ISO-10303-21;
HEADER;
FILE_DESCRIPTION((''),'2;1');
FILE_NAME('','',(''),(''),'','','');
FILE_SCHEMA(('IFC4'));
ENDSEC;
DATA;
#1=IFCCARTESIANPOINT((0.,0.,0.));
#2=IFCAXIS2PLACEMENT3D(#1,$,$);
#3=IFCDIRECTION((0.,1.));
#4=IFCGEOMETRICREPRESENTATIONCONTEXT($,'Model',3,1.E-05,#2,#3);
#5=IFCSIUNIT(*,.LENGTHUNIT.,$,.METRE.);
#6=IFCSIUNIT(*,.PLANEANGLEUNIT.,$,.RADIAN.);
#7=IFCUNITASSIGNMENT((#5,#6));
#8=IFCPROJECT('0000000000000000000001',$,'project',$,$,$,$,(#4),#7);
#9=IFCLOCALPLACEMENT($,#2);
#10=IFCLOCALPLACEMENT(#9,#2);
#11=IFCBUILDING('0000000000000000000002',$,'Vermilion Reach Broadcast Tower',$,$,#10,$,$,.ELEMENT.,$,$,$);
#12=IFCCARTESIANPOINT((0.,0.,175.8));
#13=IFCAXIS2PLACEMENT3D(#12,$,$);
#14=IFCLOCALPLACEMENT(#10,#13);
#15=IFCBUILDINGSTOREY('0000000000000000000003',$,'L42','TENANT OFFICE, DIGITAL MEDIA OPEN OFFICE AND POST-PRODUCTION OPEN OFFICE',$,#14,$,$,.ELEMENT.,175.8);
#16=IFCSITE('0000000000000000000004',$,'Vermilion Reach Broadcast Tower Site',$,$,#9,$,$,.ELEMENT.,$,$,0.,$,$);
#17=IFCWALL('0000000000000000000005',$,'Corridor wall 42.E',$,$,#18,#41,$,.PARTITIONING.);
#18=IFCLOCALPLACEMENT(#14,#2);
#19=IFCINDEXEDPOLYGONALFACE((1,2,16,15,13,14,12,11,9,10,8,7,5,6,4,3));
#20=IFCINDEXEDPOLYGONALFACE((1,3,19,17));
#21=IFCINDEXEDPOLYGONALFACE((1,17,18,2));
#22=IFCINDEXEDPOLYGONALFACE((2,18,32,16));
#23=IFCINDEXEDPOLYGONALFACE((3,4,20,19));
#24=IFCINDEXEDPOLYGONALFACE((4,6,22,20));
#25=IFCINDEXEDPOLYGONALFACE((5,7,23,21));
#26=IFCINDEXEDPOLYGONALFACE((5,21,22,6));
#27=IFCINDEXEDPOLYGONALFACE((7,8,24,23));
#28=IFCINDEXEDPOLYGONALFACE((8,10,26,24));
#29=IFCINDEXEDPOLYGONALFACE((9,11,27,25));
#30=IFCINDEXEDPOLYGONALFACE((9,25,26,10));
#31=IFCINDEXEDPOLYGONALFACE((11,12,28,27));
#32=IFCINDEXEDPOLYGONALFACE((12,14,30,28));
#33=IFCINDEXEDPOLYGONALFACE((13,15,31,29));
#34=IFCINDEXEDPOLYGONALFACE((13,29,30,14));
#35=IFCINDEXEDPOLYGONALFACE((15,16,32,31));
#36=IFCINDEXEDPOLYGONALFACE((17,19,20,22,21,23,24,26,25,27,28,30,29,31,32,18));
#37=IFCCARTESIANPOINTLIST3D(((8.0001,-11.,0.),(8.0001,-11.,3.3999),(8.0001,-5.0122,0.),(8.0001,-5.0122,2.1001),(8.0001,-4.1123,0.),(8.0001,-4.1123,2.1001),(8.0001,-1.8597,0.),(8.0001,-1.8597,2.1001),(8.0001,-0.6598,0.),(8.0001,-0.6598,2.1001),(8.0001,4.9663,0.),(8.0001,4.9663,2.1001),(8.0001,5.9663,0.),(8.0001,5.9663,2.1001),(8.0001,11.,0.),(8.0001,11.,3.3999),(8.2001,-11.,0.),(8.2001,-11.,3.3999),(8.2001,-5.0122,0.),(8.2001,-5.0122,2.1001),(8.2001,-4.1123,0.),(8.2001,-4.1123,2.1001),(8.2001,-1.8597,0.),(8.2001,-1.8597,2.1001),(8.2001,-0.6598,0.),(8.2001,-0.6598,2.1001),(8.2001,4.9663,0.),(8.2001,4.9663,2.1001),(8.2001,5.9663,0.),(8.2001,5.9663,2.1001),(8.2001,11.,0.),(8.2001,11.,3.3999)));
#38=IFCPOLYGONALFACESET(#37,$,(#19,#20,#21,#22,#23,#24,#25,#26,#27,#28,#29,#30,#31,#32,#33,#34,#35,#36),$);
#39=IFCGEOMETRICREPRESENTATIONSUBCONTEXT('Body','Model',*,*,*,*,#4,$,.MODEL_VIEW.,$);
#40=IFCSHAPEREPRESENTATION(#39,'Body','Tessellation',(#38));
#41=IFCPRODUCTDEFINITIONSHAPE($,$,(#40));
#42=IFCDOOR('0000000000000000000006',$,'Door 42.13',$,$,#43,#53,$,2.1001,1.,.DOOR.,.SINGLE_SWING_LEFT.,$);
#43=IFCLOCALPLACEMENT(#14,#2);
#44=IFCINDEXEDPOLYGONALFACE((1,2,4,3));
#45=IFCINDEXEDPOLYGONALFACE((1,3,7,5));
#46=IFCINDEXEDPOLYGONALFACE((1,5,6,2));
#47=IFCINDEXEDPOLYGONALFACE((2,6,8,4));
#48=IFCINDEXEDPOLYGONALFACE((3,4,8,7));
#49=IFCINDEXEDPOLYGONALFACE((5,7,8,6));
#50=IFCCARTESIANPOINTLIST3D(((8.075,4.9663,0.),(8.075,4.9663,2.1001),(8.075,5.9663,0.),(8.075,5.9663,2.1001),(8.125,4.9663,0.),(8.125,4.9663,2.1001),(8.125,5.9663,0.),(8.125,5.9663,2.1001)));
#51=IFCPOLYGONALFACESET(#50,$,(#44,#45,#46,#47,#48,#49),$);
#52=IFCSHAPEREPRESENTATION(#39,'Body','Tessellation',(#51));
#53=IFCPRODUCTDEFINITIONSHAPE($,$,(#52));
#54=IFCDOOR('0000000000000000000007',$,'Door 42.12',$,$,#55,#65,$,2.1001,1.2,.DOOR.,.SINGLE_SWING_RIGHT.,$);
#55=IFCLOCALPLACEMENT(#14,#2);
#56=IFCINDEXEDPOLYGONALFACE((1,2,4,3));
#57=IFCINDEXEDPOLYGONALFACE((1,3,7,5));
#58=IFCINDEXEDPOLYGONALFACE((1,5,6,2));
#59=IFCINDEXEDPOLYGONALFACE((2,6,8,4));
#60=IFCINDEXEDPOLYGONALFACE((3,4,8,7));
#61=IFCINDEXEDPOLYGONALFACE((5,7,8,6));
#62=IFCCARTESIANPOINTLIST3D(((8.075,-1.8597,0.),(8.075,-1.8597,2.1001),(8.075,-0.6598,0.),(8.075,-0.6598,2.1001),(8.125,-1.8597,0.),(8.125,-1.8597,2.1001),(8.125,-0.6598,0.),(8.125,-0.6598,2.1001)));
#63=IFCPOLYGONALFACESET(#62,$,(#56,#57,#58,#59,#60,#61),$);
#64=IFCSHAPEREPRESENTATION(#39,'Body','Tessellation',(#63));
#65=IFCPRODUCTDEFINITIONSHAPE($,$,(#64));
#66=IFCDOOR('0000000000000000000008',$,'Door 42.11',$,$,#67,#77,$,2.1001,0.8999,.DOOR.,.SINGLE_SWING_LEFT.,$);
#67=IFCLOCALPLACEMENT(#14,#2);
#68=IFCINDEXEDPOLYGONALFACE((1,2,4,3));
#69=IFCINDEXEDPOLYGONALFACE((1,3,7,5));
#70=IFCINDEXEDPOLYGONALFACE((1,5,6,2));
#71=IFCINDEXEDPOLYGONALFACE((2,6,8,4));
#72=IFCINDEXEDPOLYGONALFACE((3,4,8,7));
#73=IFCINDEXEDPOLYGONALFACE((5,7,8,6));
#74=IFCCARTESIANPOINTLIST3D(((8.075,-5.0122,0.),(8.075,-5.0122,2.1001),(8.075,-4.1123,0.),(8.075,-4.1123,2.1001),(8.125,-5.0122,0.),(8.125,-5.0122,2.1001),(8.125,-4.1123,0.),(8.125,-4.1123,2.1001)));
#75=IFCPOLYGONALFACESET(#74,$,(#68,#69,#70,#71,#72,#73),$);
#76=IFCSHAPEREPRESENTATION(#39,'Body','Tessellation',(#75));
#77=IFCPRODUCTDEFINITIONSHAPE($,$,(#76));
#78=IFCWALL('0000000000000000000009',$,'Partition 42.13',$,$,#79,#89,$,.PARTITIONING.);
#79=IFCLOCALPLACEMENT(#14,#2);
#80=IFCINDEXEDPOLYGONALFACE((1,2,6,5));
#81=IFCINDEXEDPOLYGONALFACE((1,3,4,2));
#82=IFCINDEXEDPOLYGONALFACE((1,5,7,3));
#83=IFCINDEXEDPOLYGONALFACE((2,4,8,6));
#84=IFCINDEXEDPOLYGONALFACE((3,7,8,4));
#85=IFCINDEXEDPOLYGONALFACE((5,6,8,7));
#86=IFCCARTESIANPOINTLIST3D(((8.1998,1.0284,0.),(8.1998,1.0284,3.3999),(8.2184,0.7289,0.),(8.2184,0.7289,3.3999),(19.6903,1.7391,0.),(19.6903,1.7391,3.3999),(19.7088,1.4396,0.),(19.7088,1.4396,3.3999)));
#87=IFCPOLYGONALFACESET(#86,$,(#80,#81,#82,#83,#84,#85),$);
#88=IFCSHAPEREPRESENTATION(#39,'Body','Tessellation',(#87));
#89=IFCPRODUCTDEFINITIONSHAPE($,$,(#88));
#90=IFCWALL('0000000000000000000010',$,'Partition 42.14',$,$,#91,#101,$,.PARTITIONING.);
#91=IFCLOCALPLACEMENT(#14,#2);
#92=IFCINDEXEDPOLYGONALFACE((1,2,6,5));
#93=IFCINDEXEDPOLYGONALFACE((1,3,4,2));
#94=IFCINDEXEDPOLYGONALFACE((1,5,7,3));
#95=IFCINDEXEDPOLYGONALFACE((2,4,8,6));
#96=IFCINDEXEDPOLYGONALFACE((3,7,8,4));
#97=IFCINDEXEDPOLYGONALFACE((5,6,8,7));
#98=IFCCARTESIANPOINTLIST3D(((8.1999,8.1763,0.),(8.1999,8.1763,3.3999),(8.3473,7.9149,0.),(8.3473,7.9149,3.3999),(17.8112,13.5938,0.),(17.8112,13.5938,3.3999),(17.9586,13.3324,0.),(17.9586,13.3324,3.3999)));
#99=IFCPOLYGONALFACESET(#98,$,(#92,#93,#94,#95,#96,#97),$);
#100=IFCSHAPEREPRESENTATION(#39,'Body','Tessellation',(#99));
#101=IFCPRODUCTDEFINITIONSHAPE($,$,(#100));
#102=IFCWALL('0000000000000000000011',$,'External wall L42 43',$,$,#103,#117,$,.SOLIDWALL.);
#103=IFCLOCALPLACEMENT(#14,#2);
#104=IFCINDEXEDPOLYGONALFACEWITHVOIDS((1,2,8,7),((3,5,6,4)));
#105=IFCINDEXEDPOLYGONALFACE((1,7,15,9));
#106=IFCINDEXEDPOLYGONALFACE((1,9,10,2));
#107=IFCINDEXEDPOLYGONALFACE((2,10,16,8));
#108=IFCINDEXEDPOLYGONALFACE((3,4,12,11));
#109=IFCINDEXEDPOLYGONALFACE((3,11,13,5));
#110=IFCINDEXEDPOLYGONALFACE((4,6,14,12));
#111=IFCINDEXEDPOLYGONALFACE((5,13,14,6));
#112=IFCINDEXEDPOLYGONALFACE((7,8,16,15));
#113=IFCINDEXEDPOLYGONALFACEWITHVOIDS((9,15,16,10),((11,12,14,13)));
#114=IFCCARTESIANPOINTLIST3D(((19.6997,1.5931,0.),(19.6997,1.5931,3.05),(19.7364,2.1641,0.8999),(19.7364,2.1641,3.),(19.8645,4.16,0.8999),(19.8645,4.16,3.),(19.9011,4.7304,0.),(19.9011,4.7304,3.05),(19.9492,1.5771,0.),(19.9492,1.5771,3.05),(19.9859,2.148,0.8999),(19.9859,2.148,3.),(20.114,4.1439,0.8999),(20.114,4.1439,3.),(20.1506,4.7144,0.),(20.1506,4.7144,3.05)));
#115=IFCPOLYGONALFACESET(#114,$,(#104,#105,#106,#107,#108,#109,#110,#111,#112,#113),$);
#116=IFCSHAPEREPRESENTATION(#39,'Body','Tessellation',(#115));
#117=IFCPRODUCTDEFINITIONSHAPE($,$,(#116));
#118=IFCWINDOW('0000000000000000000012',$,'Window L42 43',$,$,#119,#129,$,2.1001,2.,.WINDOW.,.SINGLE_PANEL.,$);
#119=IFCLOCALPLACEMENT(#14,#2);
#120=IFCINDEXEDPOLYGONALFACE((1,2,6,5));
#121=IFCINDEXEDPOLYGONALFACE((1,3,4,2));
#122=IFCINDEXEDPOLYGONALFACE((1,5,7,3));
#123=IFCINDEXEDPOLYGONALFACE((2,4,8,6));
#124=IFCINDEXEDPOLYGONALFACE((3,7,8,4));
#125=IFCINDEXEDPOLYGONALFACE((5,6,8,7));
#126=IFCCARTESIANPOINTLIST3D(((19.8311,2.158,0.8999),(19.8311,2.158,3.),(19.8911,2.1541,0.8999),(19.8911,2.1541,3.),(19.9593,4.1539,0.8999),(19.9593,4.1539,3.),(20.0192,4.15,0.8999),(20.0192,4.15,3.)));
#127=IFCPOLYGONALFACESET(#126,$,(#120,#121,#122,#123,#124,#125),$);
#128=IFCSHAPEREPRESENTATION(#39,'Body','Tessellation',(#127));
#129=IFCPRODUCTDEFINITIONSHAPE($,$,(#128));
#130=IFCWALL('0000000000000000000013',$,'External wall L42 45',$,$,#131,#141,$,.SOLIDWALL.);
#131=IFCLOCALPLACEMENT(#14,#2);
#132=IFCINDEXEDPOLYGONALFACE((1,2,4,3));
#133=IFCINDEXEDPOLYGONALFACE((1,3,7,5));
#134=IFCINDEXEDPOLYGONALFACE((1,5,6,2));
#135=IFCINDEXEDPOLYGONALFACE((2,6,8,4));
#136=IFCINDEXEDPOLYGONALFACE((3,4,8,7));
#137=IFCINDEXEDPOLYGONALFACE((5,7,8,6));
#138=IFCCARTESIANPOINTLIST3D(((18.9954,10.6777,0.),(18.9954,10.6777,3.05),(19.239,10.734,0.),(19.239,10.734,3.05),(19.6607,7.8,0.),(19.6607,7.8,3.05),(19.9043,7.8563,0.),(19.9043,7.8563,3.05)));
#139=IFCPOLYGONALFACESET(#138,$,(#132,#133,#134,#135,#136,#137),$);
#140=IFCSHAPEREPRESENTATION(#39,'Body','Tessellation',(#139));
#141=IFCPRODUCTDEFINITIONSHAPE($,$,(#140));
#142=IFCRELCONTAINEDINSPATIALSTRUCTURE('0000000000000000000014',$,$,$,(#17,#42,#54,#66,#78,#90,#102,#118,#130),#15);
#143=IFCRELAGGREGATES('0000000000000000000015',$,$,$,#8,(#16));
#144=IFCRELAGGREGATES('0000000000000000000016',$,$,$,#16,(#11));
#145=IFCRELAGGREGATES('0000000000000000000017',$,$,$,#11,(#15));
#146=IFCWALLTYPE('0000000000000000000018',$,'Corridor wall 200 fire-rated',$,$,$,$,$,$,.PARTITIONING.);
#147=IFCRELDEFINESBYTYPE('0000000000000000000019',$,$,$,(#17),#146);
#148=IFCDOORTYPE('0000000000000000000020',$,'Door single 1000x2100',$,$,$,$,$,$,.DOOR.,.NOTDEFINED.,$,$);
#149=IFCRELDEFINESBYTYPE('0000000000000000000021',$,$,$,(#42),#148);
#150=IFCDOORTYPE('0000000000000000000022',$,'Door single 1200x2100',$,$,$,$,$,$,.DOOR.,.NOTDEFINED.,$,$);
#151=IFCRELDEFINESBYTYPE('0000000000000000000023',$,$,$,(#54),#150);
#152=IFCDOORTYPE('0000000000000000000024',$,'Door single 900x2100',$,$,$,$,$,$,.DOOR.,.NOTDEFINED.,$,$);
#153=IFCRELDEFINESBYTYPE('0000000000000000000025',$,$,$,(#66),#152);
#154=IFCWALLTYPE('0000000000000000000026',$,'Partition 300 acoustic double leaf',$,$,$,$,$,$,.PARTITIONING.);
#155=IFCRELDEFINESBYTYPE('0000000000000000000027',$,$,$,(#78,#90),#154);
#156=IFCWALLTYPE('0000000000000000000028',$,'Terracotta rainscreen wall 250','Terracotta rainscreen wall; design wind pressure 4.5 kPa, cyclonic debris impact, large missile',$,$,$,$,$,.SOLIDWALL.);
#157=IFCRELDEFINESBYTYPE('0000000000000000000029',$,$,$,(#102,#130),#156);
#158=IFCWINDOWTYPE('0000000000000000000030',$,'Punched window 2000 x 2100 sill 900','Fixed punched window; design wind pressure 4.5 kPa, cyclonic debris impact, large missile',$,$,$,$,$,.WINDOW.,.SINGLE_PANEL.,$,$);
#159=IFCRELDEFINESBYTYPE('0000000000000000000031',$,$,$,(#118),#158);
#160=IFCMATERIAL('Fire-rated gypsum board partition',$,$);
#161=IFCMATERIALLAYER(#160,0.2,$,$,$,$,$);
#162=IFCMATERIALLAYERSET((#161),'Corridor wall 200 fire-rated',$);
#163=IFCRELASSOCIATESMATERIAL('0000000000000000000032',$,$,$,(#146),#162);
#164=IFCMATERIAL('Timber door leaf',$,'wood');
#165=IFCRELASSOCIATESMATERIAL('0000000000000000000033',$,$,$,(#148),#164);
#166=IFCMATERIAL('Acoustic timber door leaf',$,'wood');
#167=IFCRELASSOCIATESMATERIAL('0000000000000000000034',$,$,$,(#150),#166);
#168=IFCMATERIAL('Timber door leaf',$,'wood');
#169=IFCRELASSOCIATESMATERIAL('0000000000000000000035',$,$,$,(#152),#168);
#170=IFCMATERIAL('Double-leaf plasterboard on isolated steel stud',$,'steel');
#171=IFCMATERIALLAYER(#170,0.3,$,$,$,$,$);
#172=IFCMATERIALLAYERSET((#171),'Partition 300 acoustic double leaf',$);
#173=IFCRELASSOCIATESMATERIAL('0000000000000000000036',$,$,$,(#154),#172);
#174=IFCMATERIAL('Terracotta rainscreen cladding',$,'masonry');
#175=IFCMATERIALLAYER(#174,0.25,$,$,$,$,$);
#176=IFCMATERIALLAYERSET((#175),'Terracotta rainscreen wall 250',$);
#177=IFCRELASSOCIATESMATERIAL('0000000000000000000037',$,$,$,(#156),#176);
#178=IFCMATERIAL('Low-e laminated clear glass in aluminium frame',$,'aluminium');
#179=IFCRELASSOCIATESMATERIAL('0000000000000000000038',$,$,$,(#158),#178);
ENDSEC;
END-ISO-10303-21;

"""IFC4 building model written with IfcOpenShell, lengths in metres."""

from ifc_helpers import new_model, si_unit, direction, frame, frame_2d, origin, place, context, subcontext, project, spatial, rectangle, extrude, material, layer, layer_set, type_object, element, fill, save


model = new_model("IFC4")

# Units and contexts
model_context = context("Model", 3, precision=1e-05, world=origin(), true_north=direction((0.0, 1.0)))
body_context = subcontext(model_context, "Body", "Model", "MODEL_VIEW")
ifc_project = project(units=[si_unit("LENGTHUNIT", "METRE"), si_unit("PLANEANGLEUNIT", "RADIAN")], contexts=[model_context])

# Site, building, storey
site_placement = place(None, origin())
site = spatial("IfcSite", under=ifc_project, at=site_placement, Name="Vermilion Reach Broadcast Tower Site", CompositionType="ELEMENT", RefElevation=0.0)
building_placement = place(site_placement, origin())
building = spatial("IfcBuilding", under=site, at=building_placement, Name="Vermilion Reach Broadcast Tower", CompositionType="ELEMENT")
storey_placement = place(building_placement, frame((0.0, 0.0, 175.8)))
storey = spatial("IfcBuildingStorey", under=building, at=storey_placement, Name="L42", Description="TENANT OFFICE, DIGITAL MEDIA OPEN OFFICE AND POST-PRODUCTION OPEN OFFICE", CompositionType="ELEMENT", Elevation=175.8)

# Wall, openings, doors
ifc_material_1 = material(Name="Fire-rated gypsum board partition")
ifc_layer_1 = layer(ifc_material_1, 0.2)
ifc_layer_set_1 = layer_set([ifc_layer_1], Name="Corridor wall 200 fire-rated")
wall_type_1 = type_object("IfcWallType", Name="Corridor wall 200 fire-rated", PredefinedType="PARTITIONING", material=ifc_layer_set_1)
wall_1_placement = place(storey_placement, frame((8.1001, 11.0, 0.0), z_axis=(0.0, 0.0, 1.0), x_axis=(0.0, -1.0, 0.0)))
wall_1 = element("IfcWall", 1, at=wall_1_placement, inside=storey, type_object=wall_type_1, Name="Corridor wall 42.E", PredefinedType="PARTITIONING", context=body_context, shape_type="SweptSolid", body=[
    extrude(rectangle(XDim=22.0, YDim=0.2, at=frame_2d((11.0, 0.0))), origin(), (0.0, 0.0, 1.0), 3.3999),
])
opening_1_placement = place(wall_1_placement, frame((15.1123, 0.0, 0.0)))
opening_1 = element("IfcOpeningElement", 2, at=opening_1_placement, cuts=wall_1, PredefinedType="OPENING", context=body_context, shape_type="SweptSolid", body=[
    extrude(rectangle(XDim=0.8999, YDim=2.1001, at=frame_2d((0.45, 1.05))), frame((0.0, 0.1099, 0.0), z_axis=(0.0, -1.0, 0.0), x_axis=(1.0, 0.0, 0.0)), (0.0, 0.0, 1.0), 0.22),
])
opening_2_placement = place(wall_1_placement, frame((11.6597, 0.0, 0.0)))
opening_2 = element("IfcOpeningElement", 3, at=opening_2_placement, cuts=wall_1, PredefinedType="OPENING", context=body_context, shape_type="SweptSolid", body=[
    extrude(rectangle(XDim=1.2, YDim=2.1001, at=frame_2d((0.6001, 1.05))), frame((0.0, 0.1099, 0.0), z_axis=(0.0, -1.0, 0.0), x_axis=(1.0, 0.0, 0.0)), (0.0, 0.0, 1.0), 0.22),
])
opening_3_placement = place(wall_1_placement, frame((5.0337, 0.0, 0.0)))
opening_3 = element("IfcOpeningElement", 4, at=opening_3_placement, cuts=wall_1, PredefinedType="OPENING", context=body_context, shape_type="SweptSolid", body=[
    extrude(rectangle(XDim=1.0, YDim=2.1001, at=frame_2d((0.5, 1.05))), frame((0.0, 0.1099, 0.0), z_axis=(0.0, -1.0, 0.0), x_axis=(1.0, 0.0, 0.0)), (0.0, 0.0, 1.0), 0.22),
])
ifc_material_2 = material(Name="Timber door leaf", Category="wood")
door_type_1 = type_object("IfcDoorType", Name="Door single 1000x2100", OperationType="NOTDEFINED", PredefinedType="DOOR", material=ifc_material_2)
door_1_placement = place(opening_3_placement, origin())
door_1 = element("IfcDoor", 5, at=door_1_placement, inside=storey, type_object=door_type_1, Name="Door 42.13", OperationType="SINGLE_SWING_LEFT", OverallHeight=2.1001, OverallWidth=1.0, PredefinedType="DOOR", context=body_context, shape_type="SweptSolid", body=[
    extrude(rectangle(XDim=1.0, YDim=2.1001, at=frame_2d((0.5, 1.05))), frame((0.0, 0.0249, 0.0), z_axis=(0.0, -1.0, 0.0), x_axis=(1.0, 0.0, 0.0)), (0.0, 0.0, 1.0), 0.05),
])
fill(opening_3, door_1)
ifc_material_3 = material(Name="Acoustic timber door leaf", Category="wood")
door_type_2 = type_object("IfcDoorType", Name="Door single 1200x2100", OperationType="NOTDEFINED", PredefinedType="DOOR", material=ifc_material_3)
door_2_placement = place(opening_2_placement, origin())
door_2 = element("IfcDoor", 6, at=door_2_placement, inside=storey, type_object=door_type_2, Name="Door 42.12", OperationType="SINGLE_SWING_RIGHT", OverallHeight=2.1001, OverallWidth=1.2, PredefinedType="DOOR", context=body_context, shape_type="SweptSolid", body=[
    extrude(rectangle(XDim=1.2, YDim=2.1001, at=frame_2d((0.6001, 1.05))), frame((0.0, 0.0249, 0.0), z_axis=(0.0, -1.0, 0.0), x_axis=(1.0, 0.0, 0.0)), (0.0, 0.0, 1.0), 0.05),
])
fill(opening_2, door_2)
ifc_material_4 = material(Name="Timber door leaf", Category="wood")
door_type_3 = type_object("IfcDoorType", Name="Door single 900x2100", OperationType="NOTDEFINED", PredefinedType="DOOR", material=ifc_material_4)
door_3_placement = place(opening_1_placement, origin())
door_3 = element("IfcDoor", 7, at=door_3_placement, inside=storey, type_object=door_type_3, Name="Door 42.11", OperationType="SINGLE_SWING_LEFT", OverallHeight=2.1001, OverallWidth=0.8999, PredefinedType="DOOR", context=body_context, shape_type="SweptSolid", body=[
    extrude(rectangle(XDim=0.8999, YDim=2.1001, at=frame_2d((0.45, 1.05))), frame((0.0, 0.0249, 0.0), z_axis=(0.0, -1.0, 0.0), x_axis=(1.0, 0.0, 0.0)), (0.0, 0.0, 1.0), 0.05),
])
fill(opening_1, door_3)

# Walls
ifc_material_5 = material(Name="Double-leaf plasterboard on isolated steel stud", Category="steel")
ifc_layer_2 = layer(ifc_material_5, 0.3)
ifc_layer_set_2 = layer_set([ifc_layer_2], Name="Partition 300 acoustic double leaf")
wall_type_2 = type_object("IfcWallType", Name="Partition 300 acoustic double leaf", PredefinedType="PARTITIONING", material=ifc_layer_set_2)
wall_2_placement = place(storey_placement, frame((19.6997, 1.5894, 0.0), z_axis=(0.0, 0.0, 1.0), x_axis=(-0.998093, -0.061733, 0.0)))
element("IfcWall", 8, at=wall_2_placement, inside=storey, type_object=wall_type_2, Name="Partition 42.13", PredefinedType="PARTITIONING", context=body_context, shape_type="SweptSolid", body=[
    extrude(rectangle(XDim=11.5125, YDim=0.3, at=frame_2d((5.7563, 0.0))), origin(), (0.0, 0.0, 1.0), 3.3999),
])
wall_3_placement = place(storey_placement, frame((17.885, 13.4631, 0.0), z_axis=(0.0, 0.0, 1.0), x_axis=(-0.871145, -0.491026, 0.0)))
element("IfcWall", 9, at=wall_3_placement, inside=storey, type_object=wall_type_2, Name="Partition 42.14", PredefinedType="PARTITIONING", context=body_context, shape_type="SweptSolid", body=[
    extrude(rectangle(XDim=11.033, YDim=0.3, at=frame_2d((5.5166, 0.0))), origin(), (0.0, 0.0, 1.0), 3.3999),
])

# Wall, opening, window
ifc_material_6 = material(Name="Terracotta rainscreen cladding", Category="masonry")
ifc_layer_3 = layer(ifc_material_6, 0.25)
ifc_layer_set_3 = layer_set([ifc_layer_3], Name="Terracotta rainscreen wall 250")
wall_type_3 = type_object("IfcWallType", Name="Terracotta rainscreen wall 250", Description="Terracotta rainscreen wall; design wind pressure 4.5 kPa, cyclonic debris impact, large missile", PredefinedType="SOLIDWALL", material=ifc_layer_set_3)
wall_4_placement = place(storey_placement, frame((19.8245, 1.5852, 0.0), z_axis=(0.0, 0.0, 1.0), x_axis=(0.064065, 0.997946, 0.0)))
wall_4 = element("IfcWall", 10, at=wall_4_placement, inside=storey, type_object=wall_type_3, Name="External wall L42 43", PredefinedType="SOLIDWALL", context=body_context, shape_type="SweptSolid", body=[
    extrude(rectangle(XDim=3.1438, YDim=0.25, at=frame_2d((1.5718, 0.0))), origin(), (0.0, 0.0, 1.0), 3.05),
])
opening_4_placement = place(wall_4_placement, frame((0.572, 0.0, 0.8999)))
opening_4 = element("IfcOpeningElement", 11, at=opening_4_placement, cuts=wall_4, PredefinedType="OPENING", context=body_context, shape_type="SweptSolid", body=[
    extrude(rectangle(XDim=2.0, YDim=2.1001, at=frame_2d((1.0, 1.05))), frame((0.0, 0.135, 0.0), z_axis=(0.0, -1.0, 0.0), x_axis=(1.0, 0.0, 0.0)), (0.0, 0.0, 1.0), 0.27),
])
ifc_material_7 = material(Name="Low-e laminated clear glass in aluminium frame", Category="aluminium")
window_type = type_object("IfcWindowType", Name="Punched window 2000 x 2100 sill 900", Description="Fixed punched window; design wind pressure 4.5 kPa, cyclonic debris impact, large missile", PartitioningType="SINGLE_PANEL", PredefinedType="WINDOW", material=ifc_material_7)
window_placement = place(opening_4_placement, origin())
window = element("IfcWindow", 12, at=window_placement, inside=storey, type_object=window_type, Name="Window L42 43", OverallHeight=2.1001, OverallWidth=2.0, PartitioningType="SINGLE_PANEL", PredefinedType="WINDOW", context=body_context, shape_type="SweptSolid", body=[
    extrude(rectangle(XDim=2.0, YDim=2.1001, at=frame_2d((1.0, 1.05))), frame((0.0, 0.03, 0.0), z_axis=(0.0, -1.0, 0.0), x_axis=(1.0, 0.0, 0.0)), (0.0, 0.0, 1.0), 0.0601),
])
fill(opening_4, window)

# Wall
wall_5_placement = place(storey_placement, frame((19.7825, 7.8281, 0.0), z_axis=(0.0, 0.0, 1.0), x_axis=(-0.225246, 0.974302, 0.0)))
element("IfcWall", 13, at=wall_5_placement, inside=storey, type_object=wall_type_3, Name="External wall L42 45", PredefinedType="SOLIDWALL", context=body_context, shape_type="SweptSolid", body=[
    extrude(rectangle(XDim=2.9536, YDim=0.25, at=frame_2d((1.4768, 0.0))), origin(), (0.0, 0.0, 1.0), 3.05),
])

save(model, "model.ifc")
